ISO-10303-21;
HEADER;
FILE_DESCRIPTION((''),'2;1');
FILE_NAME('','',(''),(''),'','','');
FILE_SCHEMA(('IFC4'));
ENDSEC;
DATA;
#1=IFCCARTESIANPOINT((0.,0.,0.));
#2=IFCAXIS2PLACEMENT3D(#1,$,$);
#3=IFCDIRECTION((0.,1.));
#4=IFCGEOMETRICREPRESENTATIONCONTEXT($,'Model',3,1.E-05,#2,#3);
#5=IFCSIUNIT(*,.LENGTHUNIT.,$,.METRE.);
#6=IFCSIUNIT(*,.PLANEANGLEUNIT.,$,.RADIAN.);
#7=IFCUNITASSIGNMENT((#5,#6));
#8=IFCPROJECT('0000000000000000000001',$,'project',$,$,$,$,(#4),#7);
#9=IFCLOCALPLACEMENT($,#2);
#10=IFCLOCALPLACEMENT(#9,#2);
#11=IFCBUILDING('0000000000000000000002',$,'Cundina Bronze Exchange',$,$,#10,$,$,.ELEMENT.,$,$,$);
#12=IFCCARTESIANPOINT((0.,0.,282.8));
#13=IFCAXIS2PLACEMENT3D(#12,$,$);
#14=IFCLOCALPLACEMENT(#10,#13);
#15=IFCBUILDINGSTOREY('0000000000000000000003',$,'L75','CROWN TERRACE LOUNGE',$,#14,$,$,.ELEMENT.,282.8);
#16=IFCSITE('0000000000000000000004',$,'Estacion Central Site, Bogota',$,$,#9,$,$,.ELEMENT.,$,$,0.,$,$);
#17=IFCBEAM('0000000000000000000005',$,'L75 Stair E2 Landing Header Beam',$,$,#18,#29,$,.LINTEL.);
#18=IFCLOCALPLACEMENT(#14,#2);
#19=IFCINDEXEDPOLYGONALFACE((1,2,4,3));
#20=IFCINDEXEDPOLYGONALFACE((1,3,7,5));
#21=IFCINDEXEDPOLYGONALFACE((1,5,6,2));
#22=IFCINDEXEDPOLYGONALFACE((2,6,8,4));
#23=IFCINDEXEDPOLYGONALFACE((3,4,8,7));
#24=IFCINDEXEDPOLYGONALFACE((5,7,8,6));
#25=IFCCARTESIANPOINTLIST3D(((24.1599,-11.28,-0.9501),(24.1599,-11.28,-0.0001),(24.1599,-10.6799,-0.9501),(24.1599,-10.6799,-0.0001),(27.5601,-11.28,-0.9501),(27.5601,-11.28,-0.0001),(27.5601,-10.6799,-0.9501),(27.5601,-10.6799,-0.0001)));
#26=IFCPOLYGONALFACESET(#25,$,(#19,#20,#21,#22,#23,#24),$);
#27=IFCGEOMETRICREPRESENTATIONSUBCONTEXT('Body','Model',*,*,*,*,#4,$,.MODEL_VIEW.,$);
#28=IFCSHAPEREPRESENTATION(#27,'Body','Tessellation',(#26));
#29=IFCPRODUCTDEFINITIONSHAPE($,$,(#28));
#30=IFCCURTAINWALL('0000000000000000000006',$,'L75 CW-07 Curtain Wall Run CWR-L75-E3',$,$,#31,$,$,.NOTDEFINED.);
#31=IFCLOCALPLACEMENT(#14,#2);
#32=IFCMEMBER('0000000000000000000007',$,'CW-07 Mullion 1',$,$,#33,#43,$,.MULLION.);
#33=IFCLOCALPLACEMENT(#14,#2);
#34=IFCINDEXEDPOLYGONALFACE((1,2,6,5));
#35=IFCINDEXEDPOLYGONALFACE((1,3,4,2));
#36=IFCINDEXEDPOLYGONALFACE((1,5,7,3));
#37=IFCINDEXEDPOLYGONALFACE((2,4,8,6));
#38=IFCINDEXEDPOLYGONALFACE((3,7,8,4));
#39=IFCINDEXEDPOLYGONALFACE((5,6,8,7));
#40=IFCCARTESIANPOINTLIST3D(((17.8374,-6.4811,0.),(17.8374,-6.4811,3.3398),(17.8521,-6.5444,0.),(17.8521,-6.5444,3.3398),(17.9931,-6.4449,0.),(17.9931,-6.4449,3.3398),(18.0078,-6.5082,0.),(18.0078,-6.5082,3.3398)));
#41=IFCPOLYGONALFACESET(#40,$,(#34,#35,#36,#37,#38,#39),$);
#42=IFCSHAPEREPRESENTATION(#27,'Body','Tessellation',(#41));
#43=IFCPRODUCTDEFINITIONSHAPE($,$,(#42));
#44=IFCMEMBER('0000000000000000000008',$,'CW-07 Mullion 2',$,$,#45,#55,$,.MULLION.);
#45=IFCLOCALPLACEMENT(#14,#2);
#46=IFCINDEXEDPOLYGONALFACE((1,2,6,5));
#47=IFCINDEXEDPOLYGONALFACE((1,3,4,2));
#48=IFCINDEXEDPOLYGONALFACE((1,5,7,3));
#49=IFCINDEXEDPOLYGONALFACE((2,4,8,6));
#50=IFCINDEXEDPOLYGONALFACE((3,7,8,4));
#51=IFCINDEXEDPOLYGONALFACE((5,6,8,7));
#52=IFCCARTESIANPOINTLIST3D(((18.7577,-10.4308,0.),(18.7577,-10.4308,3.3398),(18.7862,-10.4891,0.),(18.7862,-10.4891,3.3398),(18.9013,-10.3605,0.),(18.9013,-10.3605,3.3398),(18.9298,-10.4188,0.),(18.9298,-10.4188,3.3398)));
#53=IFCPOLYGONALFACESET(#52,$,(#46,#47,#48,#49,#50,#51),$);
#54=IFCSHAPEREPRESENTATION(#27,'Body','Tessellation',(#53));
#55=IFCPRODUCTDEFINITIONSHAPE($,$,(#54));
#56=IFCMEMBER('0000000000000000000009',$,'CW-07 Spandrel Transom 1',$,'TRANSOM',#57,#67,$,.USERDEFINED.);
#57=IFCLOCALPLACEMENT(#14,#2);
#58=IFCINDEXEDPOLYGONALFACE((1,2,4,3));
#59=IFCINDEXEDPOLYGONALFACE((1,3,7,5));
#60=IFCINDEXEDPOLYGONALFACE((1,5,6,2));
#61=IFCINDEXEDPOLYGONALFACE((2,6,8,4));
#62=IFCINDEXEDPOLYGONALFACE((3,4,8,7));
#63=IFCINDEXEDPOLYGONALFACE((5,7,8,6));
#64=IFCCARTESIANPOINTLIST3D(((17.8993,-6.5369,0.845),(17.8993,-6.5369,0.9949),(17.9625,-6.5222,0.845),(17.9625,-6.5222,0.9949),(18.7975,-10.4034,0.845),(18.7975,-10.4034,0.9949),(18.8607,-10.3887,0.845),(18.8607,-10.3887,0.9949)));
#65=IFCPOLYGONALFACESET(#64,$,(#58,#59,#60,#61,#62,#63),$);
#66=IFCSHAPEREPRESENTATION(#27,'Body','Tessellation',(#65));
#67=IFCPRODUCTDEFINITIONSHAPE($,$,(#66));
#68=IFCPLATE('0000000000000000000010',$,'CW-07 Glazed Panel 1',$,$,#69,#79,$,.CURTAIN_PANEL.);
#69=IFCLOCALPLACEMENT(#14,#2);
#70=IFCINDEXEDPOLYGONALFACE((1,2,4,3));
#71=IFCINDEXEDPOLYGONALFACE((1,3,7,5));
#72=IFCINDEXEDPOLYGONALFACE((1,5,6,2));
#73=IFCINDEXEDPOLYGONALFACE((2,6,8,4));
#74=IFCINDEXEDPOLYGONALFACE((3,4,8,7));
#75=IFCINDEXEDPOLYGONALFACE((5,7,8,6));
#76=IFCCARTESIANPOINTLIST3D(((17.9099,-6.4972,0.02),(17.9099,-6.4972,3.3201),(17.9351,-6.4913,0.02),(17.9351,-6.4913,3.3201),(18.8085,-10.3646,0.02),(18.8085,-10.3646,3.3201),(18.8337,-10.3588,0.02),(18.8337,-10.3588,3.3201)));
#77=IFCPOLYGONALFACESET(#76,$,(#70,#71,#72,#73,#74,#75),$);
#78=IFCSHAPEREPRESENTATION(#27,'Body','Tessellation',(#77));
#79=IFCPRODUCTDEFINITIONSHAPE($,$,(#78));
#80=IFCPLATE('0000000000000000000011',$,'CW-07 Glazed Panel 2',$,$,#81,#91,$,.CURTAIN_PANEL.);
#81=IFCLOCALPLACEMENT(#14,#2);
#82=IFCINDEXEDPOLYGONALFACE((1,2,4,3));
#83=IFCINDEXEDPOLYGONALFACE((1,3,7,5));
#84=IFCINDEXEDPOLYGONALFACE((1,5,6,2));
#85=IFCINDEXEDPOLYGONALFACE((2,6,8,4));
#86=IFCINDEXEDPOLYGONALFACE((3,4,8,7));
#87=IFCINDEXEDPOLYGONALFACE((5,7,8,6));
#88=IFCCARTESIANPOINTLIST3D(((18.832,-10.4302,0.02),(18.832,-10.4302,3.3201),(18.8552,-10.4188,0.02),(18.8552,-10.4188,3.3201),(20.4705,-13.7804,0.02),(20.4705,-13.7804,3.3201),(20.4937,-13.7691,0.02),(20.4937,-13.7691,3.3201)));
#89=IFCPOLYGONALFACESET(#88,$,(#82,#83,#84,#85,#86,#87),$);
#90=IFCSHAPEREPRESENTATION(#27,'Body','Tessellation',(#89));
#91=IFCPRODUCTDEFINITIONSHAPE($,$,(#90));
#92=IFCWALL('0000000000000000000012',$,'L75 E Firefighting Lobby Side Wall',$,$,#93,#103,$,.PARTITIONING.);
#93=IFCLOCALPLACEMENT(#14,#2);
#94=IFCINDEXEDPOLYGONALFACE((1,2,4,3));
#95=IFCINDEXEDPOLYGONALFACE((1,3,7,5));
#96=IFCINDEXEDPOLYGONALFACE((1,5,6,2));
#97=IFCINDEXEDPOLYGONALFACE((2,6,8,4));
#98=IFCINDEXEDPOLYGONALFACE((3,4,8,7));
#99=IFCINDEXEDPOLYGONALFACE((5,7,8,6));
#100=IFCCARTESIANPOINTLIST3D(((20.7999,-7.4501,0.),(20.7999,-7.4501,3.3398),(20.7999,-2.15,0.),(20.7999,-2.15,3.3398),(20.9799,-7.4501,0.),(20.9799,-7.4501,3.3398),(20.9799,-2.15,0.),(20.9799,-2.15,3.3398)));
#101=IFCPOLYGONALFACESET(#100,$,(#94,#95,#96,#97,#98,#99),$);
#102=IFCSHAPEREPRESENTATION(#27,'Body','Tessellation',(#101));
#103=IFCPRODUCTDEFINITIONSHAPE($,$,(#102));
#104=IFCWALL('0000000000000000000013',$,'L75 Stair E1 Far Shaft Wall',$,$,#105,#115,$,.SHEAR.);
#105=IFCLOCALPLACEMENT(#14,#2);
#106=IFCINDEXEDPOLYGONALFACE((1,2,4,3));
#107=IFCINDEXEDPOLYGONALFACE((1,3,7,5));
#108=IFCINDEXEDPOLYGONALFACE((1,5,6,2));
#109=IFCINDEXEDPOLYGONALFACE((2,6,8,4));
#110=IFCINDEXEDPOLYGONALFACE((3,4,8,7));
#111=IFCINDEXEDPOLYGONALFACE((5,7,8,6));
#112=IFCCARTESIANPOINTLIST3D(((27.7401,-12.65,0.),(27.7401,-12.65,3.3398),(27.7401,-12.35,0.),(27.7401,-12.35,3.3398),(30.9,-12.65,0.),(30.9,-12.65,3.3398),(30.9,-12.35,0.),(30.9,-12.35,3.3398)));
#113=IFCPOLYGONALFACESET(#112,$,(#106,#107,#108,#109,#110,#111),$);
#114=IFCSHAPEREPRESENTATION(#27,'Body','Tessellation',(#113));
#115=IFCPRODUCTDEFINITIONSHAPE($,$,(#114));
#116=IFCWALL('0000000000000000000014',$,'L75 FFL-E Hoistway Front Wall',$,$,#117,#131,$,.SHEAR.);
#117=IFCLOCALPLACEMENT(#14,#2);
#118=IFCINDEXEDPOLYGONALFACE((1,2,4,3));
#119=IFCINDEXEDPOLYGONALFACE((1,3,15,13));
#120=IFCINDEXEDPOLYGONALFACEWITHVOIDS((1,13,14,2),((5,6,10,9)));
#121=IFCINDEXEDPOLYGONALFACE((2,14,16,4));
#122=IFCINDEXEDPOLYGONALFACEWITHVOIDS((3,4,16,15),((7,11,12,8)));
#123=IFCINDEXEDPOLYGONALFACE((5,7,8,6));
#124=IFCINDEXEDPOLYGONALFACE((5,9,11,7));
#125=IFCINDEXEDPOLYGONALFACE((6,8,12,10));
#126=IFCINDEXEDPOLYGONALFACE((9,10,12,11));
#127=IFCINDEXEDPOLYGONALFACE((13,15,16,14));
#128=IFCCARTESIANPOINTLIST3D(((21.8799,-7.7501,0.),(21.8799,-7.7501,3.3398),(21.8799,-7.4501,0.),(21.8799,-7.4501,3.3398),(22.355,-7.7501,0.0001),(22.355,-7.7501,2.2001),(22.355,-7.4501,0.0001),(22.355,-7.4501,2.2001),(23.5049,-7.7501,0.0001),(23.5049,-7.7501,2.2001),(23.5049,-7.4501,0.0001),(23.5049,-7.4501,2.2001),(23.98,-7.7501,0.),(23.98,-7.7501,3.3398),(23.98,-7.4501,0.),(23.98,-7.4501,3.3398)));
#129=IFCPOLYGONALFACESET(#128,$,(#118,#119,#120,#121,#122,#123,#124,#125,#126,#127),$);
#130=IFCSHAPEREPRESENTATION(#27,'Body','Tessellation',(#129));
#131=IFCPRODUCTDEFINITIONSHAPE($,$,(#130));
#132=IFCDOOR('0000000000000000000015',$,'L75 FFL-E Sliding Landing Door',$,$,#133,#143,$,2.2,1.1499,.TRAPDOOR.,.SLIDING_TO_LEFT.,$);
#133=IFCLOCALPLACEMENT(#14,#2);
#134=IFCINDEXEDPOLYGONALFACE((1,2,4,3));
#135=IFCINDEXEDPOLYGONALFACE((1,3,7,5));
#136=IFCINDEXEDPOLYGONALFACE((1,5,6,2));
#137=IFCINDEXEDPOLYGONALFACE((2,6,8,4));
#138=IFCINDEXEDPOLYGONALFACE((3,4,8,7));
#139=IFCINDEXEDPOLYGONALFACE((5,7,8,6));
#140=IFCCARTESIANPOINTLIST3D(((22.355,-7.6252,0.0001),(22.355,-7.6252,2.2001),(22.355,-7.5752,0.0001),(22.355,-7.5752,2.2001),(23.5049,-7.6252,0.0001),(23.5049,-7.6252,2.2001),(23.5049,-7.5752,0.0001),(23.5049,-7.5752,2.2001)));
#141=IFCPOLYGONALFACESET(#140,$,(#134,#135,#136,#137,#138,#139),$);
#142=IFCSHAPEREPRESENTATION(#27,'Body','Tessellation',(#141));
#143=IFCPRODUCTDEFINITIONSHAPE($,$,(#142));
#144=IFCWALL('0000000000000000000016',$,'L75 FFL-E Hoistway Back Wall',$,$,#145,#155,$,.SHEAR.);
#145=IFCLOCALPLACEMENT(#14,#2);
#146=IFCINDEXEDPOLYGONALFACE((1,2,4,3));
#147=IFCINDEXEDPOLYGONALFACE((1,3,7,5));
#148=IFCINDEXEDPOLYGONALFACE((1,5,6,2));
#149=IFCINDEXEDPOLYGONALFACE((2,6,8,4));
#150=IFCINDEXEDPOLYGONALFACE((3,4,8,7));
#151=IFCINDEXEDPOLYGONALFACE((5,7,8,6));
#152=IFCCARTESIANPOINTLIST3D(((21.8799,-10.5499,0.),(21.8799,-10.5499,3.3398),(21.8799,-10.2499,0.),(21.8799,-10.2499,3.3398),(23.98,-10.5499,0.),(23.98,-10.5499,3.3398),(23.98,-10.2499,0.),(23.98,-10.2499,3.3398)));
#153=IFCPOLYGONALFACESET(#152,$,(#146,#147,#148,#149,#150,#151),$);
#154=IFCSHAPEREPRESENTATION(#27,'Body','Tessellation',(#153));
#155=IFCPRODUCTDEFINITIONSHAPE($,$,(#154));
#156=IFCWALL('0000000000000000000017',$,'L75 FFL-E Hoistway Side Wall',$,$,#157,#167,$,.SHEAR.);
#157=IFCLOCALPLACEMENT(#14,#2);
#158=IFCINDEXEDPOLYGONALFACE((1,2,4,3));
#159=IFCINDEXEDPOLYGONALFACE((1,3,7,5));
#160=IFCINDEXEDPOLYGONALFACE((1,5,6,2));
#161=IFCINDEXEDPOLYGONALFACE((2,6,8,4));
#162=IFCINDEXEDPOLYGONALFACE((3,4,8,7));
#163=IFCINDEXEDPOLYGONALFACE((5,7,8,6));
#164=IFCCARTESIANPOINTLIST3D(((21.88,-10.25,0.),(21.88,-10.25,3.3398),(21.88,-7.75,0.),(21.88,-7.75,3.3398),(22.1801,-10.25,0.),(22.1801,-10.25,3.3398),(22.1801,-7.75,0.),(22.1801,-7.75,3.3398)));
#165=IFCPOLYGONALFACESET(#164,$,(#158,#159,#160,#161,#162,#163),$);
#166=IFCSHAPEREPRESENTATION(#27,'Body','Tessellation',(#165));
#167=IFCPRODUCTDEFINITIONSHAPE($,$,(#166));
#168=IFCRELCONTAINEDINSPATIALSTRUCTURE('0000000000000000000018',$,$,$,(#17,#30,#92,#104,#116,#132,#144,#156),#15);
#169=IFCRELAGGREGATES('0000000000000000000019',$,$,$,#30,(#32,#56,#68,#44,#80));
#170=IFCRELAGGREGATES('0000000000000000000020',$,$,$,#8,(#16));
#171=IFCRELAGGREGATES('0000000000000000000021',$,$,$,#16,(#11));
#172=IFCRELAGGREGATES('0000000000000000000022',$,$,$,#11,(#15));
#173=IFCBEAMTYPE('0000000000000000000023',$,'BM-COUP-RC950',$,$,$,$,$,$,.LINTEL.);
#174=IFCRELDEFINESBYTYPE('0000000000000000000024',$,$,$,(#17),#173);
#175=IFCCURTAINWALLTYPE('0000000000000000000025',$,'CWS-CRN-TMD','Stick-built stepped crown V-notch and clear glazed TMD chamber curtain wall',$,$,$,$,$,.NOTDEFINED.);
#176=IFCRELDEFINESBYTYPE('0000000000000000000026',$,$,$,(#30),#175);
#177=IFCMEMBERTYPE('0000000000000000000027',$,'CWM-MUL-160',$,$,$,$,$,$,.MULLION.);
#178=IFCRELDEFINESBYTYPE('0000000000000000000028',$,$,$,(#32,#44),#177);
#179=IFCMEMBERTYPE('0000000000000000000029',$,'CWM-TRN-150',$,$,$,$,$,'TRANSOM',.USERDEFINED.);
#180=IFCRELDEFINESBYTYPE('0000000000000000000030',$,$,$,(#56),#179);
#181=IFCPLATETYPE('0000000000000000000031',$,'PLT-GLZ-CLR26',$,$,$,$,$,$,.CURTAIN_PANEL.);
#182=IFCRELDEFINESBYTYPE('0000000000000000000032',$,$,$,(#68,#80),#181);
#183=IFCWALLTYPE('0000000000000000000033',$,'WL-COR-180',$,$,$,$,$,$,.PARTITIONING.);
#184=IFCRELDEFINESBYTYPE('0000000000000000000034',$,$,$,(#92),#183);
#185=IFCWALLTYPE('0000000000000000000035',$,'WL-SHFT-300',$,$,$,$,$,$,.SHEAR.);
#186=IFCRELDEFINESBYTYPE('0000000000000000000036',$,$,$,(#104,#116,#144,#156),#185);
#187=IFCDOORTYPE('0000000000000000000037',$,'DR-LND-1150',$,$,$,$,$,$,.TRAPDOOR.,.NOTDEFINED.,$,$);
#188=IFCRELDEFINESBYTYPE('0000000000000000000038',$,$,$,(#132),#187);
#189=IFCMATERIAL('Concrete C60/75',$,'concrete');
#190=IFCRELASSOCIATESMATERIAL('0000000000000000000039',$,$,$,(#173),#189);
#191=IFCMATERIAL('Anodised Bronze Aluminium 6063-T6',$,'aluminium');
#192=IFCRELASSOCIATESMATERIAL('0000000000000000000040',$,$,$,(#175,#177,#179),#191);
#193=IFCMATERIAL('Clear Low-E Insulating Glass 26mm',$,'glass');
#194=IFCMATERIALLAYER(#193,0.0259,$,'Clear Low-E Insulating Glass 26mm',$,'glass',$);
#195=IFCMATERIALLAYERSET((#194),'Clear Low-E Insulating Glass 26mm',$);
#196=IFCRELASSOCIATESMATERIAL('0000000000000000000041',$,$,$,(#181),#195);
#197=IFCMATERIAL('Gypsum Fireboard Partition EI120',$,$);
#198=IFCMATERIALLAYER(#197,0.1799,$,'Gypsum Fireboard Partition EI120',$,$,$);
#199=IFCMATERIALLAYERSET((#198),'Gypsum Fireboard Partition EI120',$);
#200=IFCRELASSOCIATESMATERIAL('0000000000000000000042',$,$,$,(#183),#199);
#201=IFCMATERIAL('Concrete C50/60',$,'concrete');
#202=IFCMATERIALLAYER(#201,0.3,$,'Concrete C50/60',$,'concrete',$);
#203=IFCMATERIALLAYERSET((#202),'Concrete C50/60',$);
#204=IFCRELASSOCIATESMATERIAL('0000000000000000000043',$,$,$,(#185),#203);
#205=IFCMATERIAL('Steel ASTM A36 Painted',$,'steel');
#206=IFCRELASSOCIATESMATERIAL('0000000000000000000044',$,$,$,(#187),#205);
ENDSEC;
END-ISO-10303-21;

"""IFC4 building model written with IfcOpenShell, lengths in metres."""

from ifc_helpers import new_model, si_unit, direction, frame, frame_2d, origin, origin_2d, place, context, subcontext, project, spatial, rectangle, extrude, material, layer, layer_set, material_profile, profile_set, type_object, element, fill, aggregate, save


model = new_model("IFC4")

# Units and contexts
model_context = context("Model", 3, precision=1e-05, world=origin(), true_north=direction((0.0, 1.0)))
body_context = subcontext(model_context, "Body", "Model", "MODEL_VIEW")
ifc_project = project(units=[si_unit("LENGTHUNIT", "METRE"), si_unit("PLANEANGLEUNIT", "RADIAN")], contexts=[model_context])

# Site, building, storey
site_placement = place(None, origin())
site = spatial("IfcSite", under=ifc_project, at=site_placement, Name="Estacion Central Site, Bogota", CompositionType="ELEMENT", RefElevation=0.0)
building_placement = place(site_placement, origin())
building = spatial("IfcBuilding", under=site, at=building_placement, Name="Cundina Bronze Exchange", CompositionType="ELEMENT")
storey_placement = place(building_placement, frame((0.0, 0.0, 282.8)))
storey = spatial("IfcBuildingStorey", under=building, at=storey_placement, Name="L75", Description="CROWN TERRACE LOUNGE", CompositionType="ELEMENT", Elevation=282.8)

# Beam
ifc_material_1 = material(Name="Concrete C60/75", Category="concrete")
ifc_material_profile_1 = material_profile(ifc_material_1, rectangle(XDim=0.6001, YDim=0.95, at=origin_2d()), Name="RC600X950", Category="concrete")
ifc_profile_set_1 = profile_set([ifc_material_profile_1], Name="Concrete C60/75")
beam_type = type_object("IfcBeamType", Name="BM-COUP-RC950", PredefinedType="LINTEL", material=ifc_profile_set_1)
beam_placement = place(storey_placement, frame((24.1599, -10.98, -0.4751), z_axis=(1.0, 0.0, 0.0), x_axis=(0.0, 1.0, 0.0)))
element("IfcBeam", 1, at=beam_placement, inside=storey, type_object=beam_type, Name="L75 Stair E2 Landing Header Beam", PredefinedType="LINTEL", context=body_context, shape_type="SweptSolid", body=[
    extrude(rectangle(XDim=0.6001, YDim=0.95, at=origin_2d()), origin(), (0.0, 0.0, 1.0), 3.4001),
])

# Curtain wall, members, plates
ifc_material_2 = material(Name="Anodised Bronze Aluminium 6063-T6", Category="aluminium")
curtain_wall_type = type_object("IfcCurtainWallType", Name="CWS-CRN-TMD", Description="Stick-built stepped crown V-notch and clear glazed TMD chamber curtain wall", PredefinedType="NOTDEFINED", material=ifc_material_2)
curtain_wall_placement = place(storey_placement, origin())
curtain_wall = element("IfcCurtainWall", 2, at=curtain_wall_placement, inside=storey, type_object=curtain_wall_type, Name="L75 CW-07 Curtain Wall Run CWR-L75-E3", PredefinedType="NOTDEFINED")
ifc_material_profile_2 = material_profile(ifc_material_2, rectangle(XDim=0.0649, YDim=0.1599, at=origin_2d()), Name="AL65X160", Category="aluminium")
ifc_profile_set_2 = profile_set([ifc_material_profile_2], Name="Anodised Bronze Aluminium 6063-T6")
member_type_1 = type_object("IfcMemberType", Name="CWM-MUL-160", PredefinedType="MULLION", material=ifc_profile_set_2)
member_1_placement = place(storey_placement, frame((17.9226, -6.4946, 0.0), z_axis=(0.0, 0.0, 1.0), x_axis=(0.226311, -0.974055, 0.0)))
member_1 = element("IfcMember", 3, at=member_1_placement, type_object=member_type_1, Name="CW-07 Mullion 1", PredefinedType="MULLION", context=body_context, shape_type="SweptSolid", body=[
    extrude(rectangle(XDim=0.0649, YDim=0.1599, at=origin_2d()), origin(), (0.0, 0.0, 1.0), 3.3398),
])
member_2_placement = place(storey_placement, frame((18.8438, -10.4248, 0.0), z_axis=(0.0, 0.0, 1.0), x_axis=(0.439312, -0.898334, 0.0)))
member_2 = element("IfcMember", 4, at=member_2_placement, type_object=member_type_1, Name="CW-07 Mullion 2", PredefinedType="MULLION", context=body_context, shape_type="SweptSolid", body=[
    extrude(rectangle(XDim=0.0649, YDim=0.1599, at=origin_2d()), origin(), (0.0, 0.0, 1.0), 3.3398),
])
ifc_material_profile_3 = material_profile(ifc_material_2, rectangle(XDim=0.0649, YDim=0.1499, at=origin_2d()), Name="AL65X150", Category="aluminium")
ifc_profile_set_3 = profile_set([ifc_material_profile_3], Name="Anodised Bronze Aluminium 6063-T6")
member_type_2 = type_object("IfcMemberType", Name="CWM-TRN-150", ElementType="TRANSOM", PredefinedType="USERDEFINED", material=ifc_profile_set_3)
member_3_placement = place(storey_placement, frame((17.9309, -6.5295, 0.9199), z_axis=(0.226279, -0.974063, 0.0), x_axis=(0.974063, 0.226279, 0.0)))
member_3 = element("IfcMember", 5, at=member_3_placement, type_object=member_type_2, Name="CW-07 Spandrel Transom 1", ObjectType="TRANSOM", PredefinedType="USERDEFINED", context=body_context, shape_type="SweptSolid", body=[
    extrude(rectangle(XDim=0.0649, YDim=0.1499, at=origin_2d()), origin(), (0.0, 0.0, 1.0), 3.9695),
])
ifc_material_3 = material(Name="Clear Low-E Insulating Glass 26mm", Category="glass")
ifc_layer_1 = layer(ifc_material_3, 0.0259, Name="Clear Low-E Insulating Glass 26mm", Category="glass")
ifc_layer_set_1 = layer_set([ifc_layer_1], Name="Clear Low-E Insulating Glass 26mm")
plate_type = type_object("IfcPlateType", Name="PLT-GLZ-CLR26", PredefinedType="CURTAIN_PANEL", material=ifc_layer_set_1)
plate_1_placement = place(storey_placement, frame((18.3718, -8.428, 0.02), z_axis=(0.0, 0.0, 1.0), x_axis=(0.226328, -0.974051, 0.0)))
plate_1 = element("IfcPlate", 6, at=plate_1_placement, type_object=plate_type, Name="CW-07 Glazed Panel 1", PredefinedType="CURTAIN_PANEL", context=body_context, shape_type="SweptSolid", body=[
    extrude(rectangle(XDim=3.9705, YDim=0.0259, at=origin_2d()), origin(), (0.0, 0.0, 1.0), 3.3),
])
plate_2_placement = place(storey_placement, frame((19.6628, -12.0996, 0.02), z_axis=(0.0, 0.0, 1.0), x_axis=(0.439343, -0.898319, 0.0)))
plate_2 = element("IfcPlate", 7, at=plate_2_placement, type_object=plate_type, Name="CW-07 Glazed Panel 2", PredefinedType="CURTAIN_PANEL", context=body_context, shape_type="SweptSolid", body=[
    extrude(rectangle(XDim=3.7295, YDim=0.0259, at=origin_2d()), origin(), (0.0, 0.0, 1.0), 3.3),
])
aggregate(curtain_wall, [member_1, member_3, plate_1, member_2, plate_2])

# Walls
ifc_material_4 = material(Name="Gypsum Fireboard Partition EI120")
ifc_layer_2 = layer(ifc_material_4, 0.1799, Name="Gypsum Fireboard Partition EI120")
ifc_layer_set_2 = layer_set([ifc_layer_2], Name="Gypsum Fireboard Partition EI120")
wall_type_1 = type_object("IfcWallType", Name="WL-COR-180", PredefinedType="PARTITIONING", material=ifc_layer_set_2)
wall_1_placement = place(storey_placement, frame((20.8899, -7.45, 0.0), z_axis=(0.0, 0.0, 1.0), x_axis=(0.0, 1.0, 0.0)))
element("IfcWall", 8, at=wall_1_placement, inside=storey, type_object=wall_type_1, Name="L75 E Firefighting Lobby Side Wall", PredefinedType="PARTITIONING", context=body_context, shape_type="SweptSolid", body=[
    extrude(rectangle(XDim=5.3, YDim=0.1799, at=frame_2d((2.6499, 0.0))), origin(), (0.0, 0.0, 1.0), 3.3398),
])
ifc_material_5 = material(Name="Concrete C50/60", Category="concrete")
ifc_layer_3 = layer(ifc_material_5, 0.3, Name="Concrete C50/60", Category="concrete")
ifc_layer_set_3 = layer_set([ifc_layer_3], Name="Concrete C50/60")
wall_type_2 = type_object("IfcWallType", Name="WL-SHFT-300", PredefinedType="SHEAR", material=ifc_layer_set_3)
wall_2_placement = place(storey_placement, frame((27.74, -12.5, 0.0), z_axis=(0.0, 0.0, 1.0), x_axis=(1.0, 0.0, 0.0)))
element("IfcWall", 9, at=wall_2_placement, inside=storey, type_object=wall_type_2, Name="L75 Stair E1 Far Shaft Wall", PredefinedType="SHEAR", context=body_context, shape_type="SweptSolid", body=[
    extrude(rectangle(XDim=3.1599, YDim=0.3, at=frame_2d((1.5801, 0.0))), origin(), (0.0, 0.0, 1.0), 3.3398),
])

# Wall, opening, door
ifc_material_6 = material(Name="Steel ASTM A36 Painted", Category="steel")
wall_3_placement = place(storey_placement, frame((21.8799, -7.6001, 0.0), z_axis=(0.0, 0.0, 1.0), x_axis=(1.0, 0.0, 0.0)))
wall_3 = element("IfcWall", 10, at=wall_3_placement, inside=storey, type_object=wall_type_2, Name="L75 FFL-E Hoistway Front Wall", PredefinedType="SHEAR", context=body_context, shape_type="SweptSolid", body=[
    extrude(rectangle(XDim=2.1001, YDim=0.3, at=frame_2d((1.05, 0.0))), origin(), (0.0, 0.0, 1.0), 3.3398),
])
opening_1_placement = place(wall_3_placement, frame((0.4751, 0.0, 0.0)))
opening_1 = element("IfcOpeningElement", 11, at=opening_1_placement, cuts=wall_3, PredefinedType="OPENING", context=body_context, shape_type="SweptSolid", body=[
    extrude(rectangle(XDim=1.1499, YDim=2.2, at=frame_2d((0.575, 1.1001))), frame((0.0, 0.1599, 0.0), z_axis=(0.0, -1.0, 0.0), x_axis=(1.0, 0.0, 0.0)), (0.0, 0.0, 1.0), 0.3201),
])
door_type_1 = type_object("IfcDoorType", Name="DR-LND-1150", OperationType="NOTDEFINED", PredefinedType="TRAPDOOR", material=ifc_material_6)
door_1_placement = place(opening_1_placement, origin())
door_1 = element("IfcDoor", 12, at=door_1_placement, inside=storey, type_object=door_type_1, Name="L75 FFL-E Sliding Landing Door", OperationType="SLIDING_TO_LEFT", OverallHeight=2.2, OverallWidth=1.1499, PredefinedType="TRAPDOOR", context=body_context, shape_type="SweptSolid", body=[
    extrude(rectangle(XDim=1.1499, YDim=2.2, at=frame_2d((0.575, 1.1001))), frame((0.0, 0.0249, 0.0), z_axis=(0.0, -1.0, 0.0), x_axis=(1.0, 0.0, 0.0)), (0.0, 0.0, 1.0), 0.05),
])
fill(opening_1, door_1)

# Walls
wall_4_placement = place(storey_placement, frame((21.8799, -10.3999, 0.0), z_axis=(0.0, 0.0, 1.0), x_axis=(1.0, 0.0, 0.0)))
element("IfcWall", 13, at=wall_4_placement, inside=storey, type_object=wall_type_2, Name="L75 FFL-E Hoistway Back Wall", PredefinedType="SHEAR", context=body_context, shape_type="SweptSolid", body=[
    extrude(rectangle(XDim=2.1001, YDim=0.3, at=frame_2d((1.05, 0.0))), origin(), (0.0, 0.0, 1.0), 3.3398),
])
wall_5_placement = place(storey_placement, frame((22.03, -10.25, 0.0), z_axis=(0.0, 0.0, 1.0), x_axis=(0.0, 1.0, 0.0)))
element("IfcWall", 14, at=wall_5_placement, inside=storey, type_object=wall_type_2, Name="L75 FFL-E Hoistway Side Wall", PredefinedType="SHEAR", context=body_context, shape_type="SweptSolid", body=[
    extrude(rectangle(XDim=2.5, YDim=0.3, at=frame_2d((1.25, 0.0))), origin(), (0.0, 0.0, 1.0), 3.3398),
])

save(model, "model.ifc")
